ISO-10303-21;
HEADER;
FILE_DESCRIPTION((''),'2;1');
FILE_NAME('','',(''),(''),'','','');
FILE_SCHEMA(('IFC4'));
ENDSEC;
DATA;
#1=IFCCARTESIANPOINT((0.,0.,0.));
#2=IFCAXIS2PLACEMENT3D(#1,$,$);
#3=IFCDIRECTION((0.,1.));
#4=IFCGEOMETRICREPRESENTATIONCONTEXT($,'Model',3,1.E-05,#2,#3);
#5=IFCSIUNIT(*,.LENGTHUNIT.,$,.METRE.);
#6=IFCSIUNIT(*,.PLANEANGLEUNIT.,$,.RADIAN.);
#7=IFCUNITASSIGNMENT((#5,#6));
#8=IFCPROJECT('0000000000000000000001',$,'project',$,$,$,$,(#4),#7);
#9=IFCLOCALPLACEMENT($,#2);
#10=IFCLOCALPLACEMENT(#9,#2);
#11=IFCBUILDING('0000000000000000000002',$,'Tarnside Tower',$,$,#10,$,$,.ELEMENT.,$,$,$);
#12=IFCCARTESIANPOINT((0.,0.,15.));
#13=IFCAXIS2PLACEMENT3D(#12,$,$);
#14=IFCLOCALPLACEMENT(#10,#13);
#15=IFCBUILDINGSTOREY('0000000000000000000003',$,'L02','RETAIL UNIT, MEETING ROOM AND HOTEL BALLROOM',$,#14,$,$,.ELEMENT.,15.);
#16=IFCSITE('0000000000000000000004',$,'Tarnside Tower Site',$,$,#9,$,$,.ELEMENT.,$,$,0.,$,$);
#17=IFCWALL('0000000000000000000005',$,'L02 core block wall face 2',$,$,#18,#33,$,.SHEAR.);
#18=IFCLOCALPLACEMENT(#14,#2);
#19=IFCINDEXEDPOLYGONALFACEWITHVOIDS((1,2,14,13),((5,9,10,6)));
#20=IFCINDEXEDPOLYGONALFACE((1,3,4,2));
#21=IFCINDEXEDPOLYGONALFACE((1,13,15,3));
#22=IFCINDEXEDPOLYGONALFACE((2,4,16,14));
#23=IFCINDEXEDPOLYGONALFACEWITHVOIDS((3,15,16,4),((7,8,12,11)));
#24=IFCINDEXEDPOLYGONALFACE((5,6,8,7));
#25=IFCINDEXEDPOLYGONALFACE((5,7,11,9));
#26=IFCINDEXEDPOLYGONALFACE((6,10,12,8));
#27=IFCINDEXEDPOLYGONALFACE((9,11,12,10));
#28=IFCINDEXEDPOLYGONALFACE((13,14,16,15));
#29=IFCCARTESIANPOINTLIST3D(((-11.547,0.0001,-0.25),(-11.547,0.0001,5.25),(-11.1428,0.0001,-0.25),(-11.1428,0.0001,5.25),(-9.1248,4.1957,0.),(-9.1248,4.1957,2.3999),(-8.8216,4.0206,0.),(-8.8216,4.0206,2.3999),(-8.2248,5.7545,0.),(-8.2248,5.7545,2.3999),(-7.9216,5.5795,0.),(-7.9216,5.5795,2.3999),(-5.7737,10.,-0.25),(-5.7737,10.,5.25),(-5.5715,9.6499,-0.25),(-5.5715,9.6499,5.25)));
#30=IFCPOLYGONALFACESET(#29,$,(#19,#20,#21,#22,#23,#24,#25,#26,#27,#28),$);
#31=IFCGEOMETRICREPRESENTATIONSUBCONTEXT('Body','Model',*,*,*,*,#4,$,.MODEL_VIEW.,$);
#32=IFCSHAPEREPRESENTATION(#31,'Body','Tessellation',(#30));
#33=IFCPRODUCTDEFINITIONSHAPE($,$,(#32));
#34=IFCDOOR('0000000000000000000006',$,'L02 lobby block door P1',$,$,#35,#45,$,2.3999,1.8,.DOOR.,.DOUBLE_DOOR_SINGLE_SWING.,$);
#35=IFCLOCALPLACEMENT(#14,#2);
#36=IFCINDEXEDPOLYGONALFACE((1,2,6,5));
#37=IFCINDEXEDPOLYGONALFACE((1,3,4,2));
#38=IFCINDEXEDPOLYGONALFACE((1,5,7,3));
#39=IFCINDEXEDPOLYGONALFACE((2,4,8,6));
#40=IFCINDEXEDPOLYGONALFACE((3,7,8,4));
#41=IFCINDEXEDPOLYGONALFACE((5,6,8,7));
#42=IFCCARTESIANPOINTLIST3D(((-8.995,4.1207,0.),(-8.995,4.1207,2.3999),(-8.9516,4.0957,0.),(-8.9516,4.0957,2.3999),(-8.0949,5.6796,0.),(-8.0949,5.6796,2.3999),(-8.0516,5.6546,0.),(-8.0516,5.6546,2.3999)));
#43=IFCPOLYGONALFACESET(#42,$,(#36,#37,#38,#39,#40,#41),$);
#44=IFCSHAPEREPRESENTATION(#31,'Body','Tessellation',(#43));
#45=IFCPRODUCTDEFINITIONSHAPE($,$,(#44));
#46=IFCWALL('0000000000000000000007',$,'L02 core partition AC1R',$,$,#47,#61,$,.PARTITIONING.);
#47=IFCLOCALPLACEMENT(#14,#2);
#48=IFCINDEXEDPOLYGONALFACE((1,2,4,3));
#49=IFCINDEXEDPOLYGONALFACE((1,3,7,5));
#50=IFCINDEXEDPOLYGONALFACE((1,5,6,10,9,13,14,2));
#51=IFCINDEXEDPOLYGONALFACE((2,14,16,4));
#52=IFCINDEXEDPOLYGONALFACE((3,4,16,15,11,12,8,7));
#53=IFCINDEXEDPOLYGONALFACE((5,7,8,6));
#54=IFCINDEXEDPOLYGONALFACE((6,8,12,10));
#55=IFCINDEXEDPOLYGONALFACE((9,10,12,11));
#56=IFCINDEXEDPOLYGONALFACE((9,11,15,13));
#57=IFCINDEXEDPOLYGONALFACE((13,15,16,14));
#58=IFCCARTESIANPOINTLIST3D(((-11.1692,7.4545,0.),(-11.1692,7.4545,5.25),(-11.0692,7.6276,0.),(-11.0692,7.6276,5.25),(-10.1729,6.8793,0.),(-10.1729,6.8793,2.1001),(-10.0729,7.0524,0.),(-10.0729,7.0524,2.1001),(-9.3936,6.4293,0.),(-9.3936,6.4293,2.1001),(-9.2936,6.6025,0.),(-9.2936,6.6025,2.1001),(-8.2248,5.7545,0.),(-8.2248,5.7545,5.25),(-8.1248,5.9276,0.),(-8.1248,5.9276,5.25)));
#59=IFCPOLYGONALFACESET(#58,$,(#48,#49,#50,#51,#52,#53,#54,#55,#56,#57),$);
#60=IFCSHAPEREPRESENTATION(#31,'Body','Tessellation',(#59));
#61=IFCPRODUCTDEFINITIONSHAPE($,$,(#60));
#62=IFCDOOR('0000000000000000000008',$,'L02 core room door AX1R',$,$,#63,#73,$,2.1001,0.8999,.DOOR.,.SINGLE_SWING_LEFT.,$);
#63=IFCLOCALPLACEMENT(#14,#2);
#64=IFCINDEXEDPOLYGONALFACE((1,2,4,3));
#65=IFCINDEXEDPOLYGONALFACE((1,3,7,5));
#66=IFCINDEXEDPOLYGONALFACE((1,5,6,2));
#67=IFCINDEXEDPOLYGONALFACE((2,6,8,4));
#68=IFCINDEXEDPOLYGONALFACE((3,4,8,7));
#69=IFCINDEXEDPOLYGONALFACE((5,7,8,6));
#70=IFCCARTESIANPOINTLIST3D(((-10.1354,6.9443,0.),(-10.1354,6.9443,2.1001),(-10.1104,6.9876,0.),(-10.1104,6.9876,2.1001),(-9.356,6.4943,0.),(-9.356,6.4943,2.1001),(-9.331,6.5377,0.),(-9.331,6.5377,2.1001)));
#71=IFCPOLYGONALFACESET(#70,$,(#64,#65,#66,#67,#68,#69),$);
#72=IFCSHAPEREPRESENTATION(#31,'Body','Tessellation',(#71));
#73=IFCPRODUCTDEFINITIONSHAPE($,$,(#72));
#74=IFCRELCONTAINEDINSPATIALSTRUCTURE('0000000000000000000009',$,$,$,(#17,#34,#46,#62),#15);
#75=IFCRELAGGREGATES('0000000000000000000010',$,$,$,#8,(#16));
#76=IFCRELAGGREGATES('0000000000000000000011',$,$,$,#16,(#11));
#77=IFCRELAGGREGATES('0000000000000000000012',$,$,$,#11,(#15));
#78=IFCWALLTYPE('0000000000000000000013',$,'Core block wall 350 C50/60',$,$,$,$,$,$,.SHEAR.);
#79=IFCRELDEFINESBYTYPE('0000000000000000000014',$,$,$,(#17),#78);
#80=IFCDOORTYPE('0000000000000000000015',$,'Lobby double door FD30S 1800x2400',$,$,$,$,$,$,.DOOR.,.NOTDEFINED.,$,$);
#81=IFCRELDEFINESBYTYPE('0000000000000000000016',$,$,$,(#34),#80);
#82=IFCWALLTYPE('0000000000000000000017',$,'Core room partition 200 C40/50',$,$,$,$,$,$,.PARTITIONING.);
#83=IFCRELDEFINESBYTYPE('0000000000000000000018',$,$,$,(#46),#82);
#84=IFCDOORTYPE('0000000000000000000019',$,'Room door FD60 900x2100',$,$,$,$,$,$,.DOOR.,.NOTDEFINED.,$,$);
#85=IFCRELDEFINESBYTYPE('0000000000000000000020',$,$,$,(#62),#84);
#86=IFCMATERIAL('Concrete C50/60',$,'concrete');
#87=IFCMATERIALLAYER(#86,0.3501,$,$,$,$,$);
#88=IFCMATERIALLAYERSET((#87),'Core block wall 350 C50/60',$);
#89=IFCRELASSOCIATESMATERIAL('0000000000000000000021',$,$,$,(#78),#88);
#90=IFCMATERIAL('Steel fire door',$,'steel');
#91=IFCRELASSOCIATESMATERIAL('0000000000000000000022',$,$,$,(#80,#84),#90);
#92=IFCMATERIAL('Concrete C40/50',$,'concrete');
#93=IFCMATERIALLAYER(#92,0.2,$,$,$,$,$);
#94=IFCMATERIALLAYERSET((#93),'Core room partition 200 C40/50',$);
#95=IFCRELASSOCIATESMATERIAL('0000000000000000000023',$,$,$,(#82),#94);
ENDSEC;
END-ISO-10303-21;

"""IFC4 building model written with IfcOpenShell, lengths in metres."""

from ifc_helpers import new_model, si_unit, direction, frame, frame_2d, origin, place, context, subcontext, project, spatial, polyline, rectangle, outline, extrude, material, layer, layer_set, type_object, element, fill, save


model = new_model("IFC4")

# Units and contexts
model_context = context("Model", 3, precision=1e-05, world=origin(), true_north=direction((0.0, 1.0)))
body_context = subcontext(model_context, "Body", "Model", "MODEL_VIEW")
ifc_project = project(units=[si_unit("LENGTHUNIT", "METRE"), si_unit("PLANEANGLEUNIT", "RADIAN")], contexts=[model_context])

# Site, building, storey
site_placement = place(None, origin())
site = spatial("IfcSite", under=ifc_project, at=site_placement, Name="Tarnside Tower Site", CompositionType="ELEMENT", RefElevation=0.0)
building_placement = place(site_placement, origin())
building = spatial("IfcBuilding", under=site, at=building_placement, Name="Tarnside Tower", CompositionType="ELEMENT")
storey_placement = place(building_placement, frame((0.0, 0.0, 15.0)))
storey = spatial("IfcBuildingStorey", under=building, at=storey_placement, Name="L02", Description="RETAIL UNIT, MEETING ROOM AND HOTEL BALLROOM", CompositionType="ELEMENT", Elevation=15.0)

# Walls, openings, doors
ifc_material_1 = material(Name="Concrete C50/60", Category="concrete")
ifc_layer_1 = layer(ifc_material_1, 0.3501)
ifc_layer_set_1 = layer_set([ifc_layer_1], Name="Core block wall 350 C50/60")
wall_type_1 = type_object("IfcWallType", Name="Core block wall 350 C50/60", PredefinedType="SHEAR", material=ifc_layer_set_1)
wall_1_placement = place(storey_placement, frame((-5.6726, 9.825, -0.25), z_axis=(0.0, 0.0, 1.0), x_axis=(-0.499995, -0.866028, 0.0)))
wall_1 = element("IfcWall", 1, at=wall_1_placement, inside=storey, type_object=wall_type_1, Name="L02 core block wall face 2", PredefinedType="SHEAR", context=body_context, shape_type="SweptSolid", body=[
    extrude(outline(polyline([(-0.1011, -0.175), (11.4458, -0.175), (11.2437, 0.175), (0.1011, 0.175), (-0.1011, -0.175)])), origin(), (0.0, 0.0, 1.0), 5.5),
])
opening_1_placement = place(wall_1_placement, frame((4.8013, 0.0, 0.25)))
opening_1 = element("IfcOpeningElement", 2, at=opening_1_placement, cuts=wall_1, PredefinedType="OPENING", context=body_context, shape_type="SweptSolid", body=[
    extrude(rectangle(XDim=1.8, YDim=2.3999, at=frame_2d((0.8999, 1.2))), frame((0.0, 0.1851, 0.0), z_axis=(0.0, -1.0, 0.0), x_axis=(1.0, 0.0, 0.0)), (0.0, 0.0, 1.0), 0.3701),
])
ifc_material_2 = material(Name="Steel fire door", Category="steel")
door_type_1 = type_object("IfcDoorType", Name="Lobby double door FD30S 1800x2400", OperationType="NOTDEFINED", PredefinedType="DOOR", material=ifc_material_2)
door_1_placement = place(opening_1_placement, origin())
door_1 = element("IfcDoor", 3, at=door_1_placement, inside=storey, type_object=door_type_1, Name="L02 lobby block door P1", OperationType="DOUBLE_DOOR_SINGLE_SWING", OverallHeight=2.3999, OverallWidth=1.8, PredefinedType="DOOR", context=body_context, shape_type="SweptSolid", body=[
    extrude(rectangle(XDim=1.8, YDim=2.3999, at=frame_2d((0.8999, 1.2))), frame((0.0, 0.0249, 0.0), z_axis=(0.0, -1.0, 0.0), x_axis=(1.0, 0.0, 0.0)), (0.0, 0.0, 1.0), 0.05),
])
fill(opening_1, door_1)
ifc_material_3 = material(Name="Concrete C40/50", Category="concrete")
ifc_layer_2 = layer(ifc_material_3, 0.2)
ifc_layer_set_2 = layer_set([ifc_layer_2], Name="Core room partition 200 C40/50")
wall_type_2 = type_object("IfcWallType", Name="Core room partition 200 C40/50", PredefinedType="PARTITIONING", material=ifc_layer_set_2)
wall_2_placement = place(storey_placement, frame((-8.1748, 5.8411, 0.0), z_axis=(0.0, 0.0, 1.0), x_axis=(-0.866021, 0.500008, 0.0)))
wall_2 = element("IfcWall", 4, at=wall_2_placement, inside=storey, type_object=wall_type_2, Name="L02 core partition AC1R", PredefinedType="PARTITIONING", context=body_context, shape_type="SweptSolid", body=[
    extrude(rectangle(XDim=3.3999, YDim=0.2, at=frame_2d((1.7, 0.0))), origin(), (0.0, 0.0, 1.0), 5.25),
])
opening_2_placement = place(wall_2_placement, frame((1.3496, 0.0, 0.0)))
opening_2 = element("IfcOpeningElement", 5, at=opening_2_placement, cuts=wall_2, PredefinedType="OPENING", context=body_context, shape_type="SweptSolid", body=[
    extrude(rectangle(XDim=0.8999, YDim=2.1001, at=frame_2d((0.45, 1.05))), frame((0.0, 0.1099, 0.0), z_axis=(0.0, -1.0, 0.0), x_axis=(1.0, 0.0, 0.0)), (0.0, 0.0, 1.0), 0.22),
])
door_type_2 = type_object("IfcDoorType", Name="Room door FD60 900x2100", OperationType="NOTDEFINED", PredefinedType="DOOR", material=ifc_material_2)
door_2_placement = place(opening_2_placement, origin())
door_2 = element("IfcDoor", 6, at=door_2_placement, inside=storey, type_object=door_type_2, Name="L02 core room door AX1R", OperationType="SINGLE_SWING_LEFT", OverallHeight=2.1001, OverallWidth=0.8999, PredefinedType="DOOR", context=body_context, shape_type="SweptSolid", body=[
    extrude(rectangle(XDim=0.8999, YDim=2.1001, at=frame_2d((0.45, 1.05))), frame((0.0, 0.0249, 0.0), z_axis=(0.0, -1.0, 0.0), x_axis=(1.0, 0.0, 0.0)), (0.0, 0.0, 1.0), 0.05),
])
fill(opening_2, door_2)

save(model, "model.ifc")
